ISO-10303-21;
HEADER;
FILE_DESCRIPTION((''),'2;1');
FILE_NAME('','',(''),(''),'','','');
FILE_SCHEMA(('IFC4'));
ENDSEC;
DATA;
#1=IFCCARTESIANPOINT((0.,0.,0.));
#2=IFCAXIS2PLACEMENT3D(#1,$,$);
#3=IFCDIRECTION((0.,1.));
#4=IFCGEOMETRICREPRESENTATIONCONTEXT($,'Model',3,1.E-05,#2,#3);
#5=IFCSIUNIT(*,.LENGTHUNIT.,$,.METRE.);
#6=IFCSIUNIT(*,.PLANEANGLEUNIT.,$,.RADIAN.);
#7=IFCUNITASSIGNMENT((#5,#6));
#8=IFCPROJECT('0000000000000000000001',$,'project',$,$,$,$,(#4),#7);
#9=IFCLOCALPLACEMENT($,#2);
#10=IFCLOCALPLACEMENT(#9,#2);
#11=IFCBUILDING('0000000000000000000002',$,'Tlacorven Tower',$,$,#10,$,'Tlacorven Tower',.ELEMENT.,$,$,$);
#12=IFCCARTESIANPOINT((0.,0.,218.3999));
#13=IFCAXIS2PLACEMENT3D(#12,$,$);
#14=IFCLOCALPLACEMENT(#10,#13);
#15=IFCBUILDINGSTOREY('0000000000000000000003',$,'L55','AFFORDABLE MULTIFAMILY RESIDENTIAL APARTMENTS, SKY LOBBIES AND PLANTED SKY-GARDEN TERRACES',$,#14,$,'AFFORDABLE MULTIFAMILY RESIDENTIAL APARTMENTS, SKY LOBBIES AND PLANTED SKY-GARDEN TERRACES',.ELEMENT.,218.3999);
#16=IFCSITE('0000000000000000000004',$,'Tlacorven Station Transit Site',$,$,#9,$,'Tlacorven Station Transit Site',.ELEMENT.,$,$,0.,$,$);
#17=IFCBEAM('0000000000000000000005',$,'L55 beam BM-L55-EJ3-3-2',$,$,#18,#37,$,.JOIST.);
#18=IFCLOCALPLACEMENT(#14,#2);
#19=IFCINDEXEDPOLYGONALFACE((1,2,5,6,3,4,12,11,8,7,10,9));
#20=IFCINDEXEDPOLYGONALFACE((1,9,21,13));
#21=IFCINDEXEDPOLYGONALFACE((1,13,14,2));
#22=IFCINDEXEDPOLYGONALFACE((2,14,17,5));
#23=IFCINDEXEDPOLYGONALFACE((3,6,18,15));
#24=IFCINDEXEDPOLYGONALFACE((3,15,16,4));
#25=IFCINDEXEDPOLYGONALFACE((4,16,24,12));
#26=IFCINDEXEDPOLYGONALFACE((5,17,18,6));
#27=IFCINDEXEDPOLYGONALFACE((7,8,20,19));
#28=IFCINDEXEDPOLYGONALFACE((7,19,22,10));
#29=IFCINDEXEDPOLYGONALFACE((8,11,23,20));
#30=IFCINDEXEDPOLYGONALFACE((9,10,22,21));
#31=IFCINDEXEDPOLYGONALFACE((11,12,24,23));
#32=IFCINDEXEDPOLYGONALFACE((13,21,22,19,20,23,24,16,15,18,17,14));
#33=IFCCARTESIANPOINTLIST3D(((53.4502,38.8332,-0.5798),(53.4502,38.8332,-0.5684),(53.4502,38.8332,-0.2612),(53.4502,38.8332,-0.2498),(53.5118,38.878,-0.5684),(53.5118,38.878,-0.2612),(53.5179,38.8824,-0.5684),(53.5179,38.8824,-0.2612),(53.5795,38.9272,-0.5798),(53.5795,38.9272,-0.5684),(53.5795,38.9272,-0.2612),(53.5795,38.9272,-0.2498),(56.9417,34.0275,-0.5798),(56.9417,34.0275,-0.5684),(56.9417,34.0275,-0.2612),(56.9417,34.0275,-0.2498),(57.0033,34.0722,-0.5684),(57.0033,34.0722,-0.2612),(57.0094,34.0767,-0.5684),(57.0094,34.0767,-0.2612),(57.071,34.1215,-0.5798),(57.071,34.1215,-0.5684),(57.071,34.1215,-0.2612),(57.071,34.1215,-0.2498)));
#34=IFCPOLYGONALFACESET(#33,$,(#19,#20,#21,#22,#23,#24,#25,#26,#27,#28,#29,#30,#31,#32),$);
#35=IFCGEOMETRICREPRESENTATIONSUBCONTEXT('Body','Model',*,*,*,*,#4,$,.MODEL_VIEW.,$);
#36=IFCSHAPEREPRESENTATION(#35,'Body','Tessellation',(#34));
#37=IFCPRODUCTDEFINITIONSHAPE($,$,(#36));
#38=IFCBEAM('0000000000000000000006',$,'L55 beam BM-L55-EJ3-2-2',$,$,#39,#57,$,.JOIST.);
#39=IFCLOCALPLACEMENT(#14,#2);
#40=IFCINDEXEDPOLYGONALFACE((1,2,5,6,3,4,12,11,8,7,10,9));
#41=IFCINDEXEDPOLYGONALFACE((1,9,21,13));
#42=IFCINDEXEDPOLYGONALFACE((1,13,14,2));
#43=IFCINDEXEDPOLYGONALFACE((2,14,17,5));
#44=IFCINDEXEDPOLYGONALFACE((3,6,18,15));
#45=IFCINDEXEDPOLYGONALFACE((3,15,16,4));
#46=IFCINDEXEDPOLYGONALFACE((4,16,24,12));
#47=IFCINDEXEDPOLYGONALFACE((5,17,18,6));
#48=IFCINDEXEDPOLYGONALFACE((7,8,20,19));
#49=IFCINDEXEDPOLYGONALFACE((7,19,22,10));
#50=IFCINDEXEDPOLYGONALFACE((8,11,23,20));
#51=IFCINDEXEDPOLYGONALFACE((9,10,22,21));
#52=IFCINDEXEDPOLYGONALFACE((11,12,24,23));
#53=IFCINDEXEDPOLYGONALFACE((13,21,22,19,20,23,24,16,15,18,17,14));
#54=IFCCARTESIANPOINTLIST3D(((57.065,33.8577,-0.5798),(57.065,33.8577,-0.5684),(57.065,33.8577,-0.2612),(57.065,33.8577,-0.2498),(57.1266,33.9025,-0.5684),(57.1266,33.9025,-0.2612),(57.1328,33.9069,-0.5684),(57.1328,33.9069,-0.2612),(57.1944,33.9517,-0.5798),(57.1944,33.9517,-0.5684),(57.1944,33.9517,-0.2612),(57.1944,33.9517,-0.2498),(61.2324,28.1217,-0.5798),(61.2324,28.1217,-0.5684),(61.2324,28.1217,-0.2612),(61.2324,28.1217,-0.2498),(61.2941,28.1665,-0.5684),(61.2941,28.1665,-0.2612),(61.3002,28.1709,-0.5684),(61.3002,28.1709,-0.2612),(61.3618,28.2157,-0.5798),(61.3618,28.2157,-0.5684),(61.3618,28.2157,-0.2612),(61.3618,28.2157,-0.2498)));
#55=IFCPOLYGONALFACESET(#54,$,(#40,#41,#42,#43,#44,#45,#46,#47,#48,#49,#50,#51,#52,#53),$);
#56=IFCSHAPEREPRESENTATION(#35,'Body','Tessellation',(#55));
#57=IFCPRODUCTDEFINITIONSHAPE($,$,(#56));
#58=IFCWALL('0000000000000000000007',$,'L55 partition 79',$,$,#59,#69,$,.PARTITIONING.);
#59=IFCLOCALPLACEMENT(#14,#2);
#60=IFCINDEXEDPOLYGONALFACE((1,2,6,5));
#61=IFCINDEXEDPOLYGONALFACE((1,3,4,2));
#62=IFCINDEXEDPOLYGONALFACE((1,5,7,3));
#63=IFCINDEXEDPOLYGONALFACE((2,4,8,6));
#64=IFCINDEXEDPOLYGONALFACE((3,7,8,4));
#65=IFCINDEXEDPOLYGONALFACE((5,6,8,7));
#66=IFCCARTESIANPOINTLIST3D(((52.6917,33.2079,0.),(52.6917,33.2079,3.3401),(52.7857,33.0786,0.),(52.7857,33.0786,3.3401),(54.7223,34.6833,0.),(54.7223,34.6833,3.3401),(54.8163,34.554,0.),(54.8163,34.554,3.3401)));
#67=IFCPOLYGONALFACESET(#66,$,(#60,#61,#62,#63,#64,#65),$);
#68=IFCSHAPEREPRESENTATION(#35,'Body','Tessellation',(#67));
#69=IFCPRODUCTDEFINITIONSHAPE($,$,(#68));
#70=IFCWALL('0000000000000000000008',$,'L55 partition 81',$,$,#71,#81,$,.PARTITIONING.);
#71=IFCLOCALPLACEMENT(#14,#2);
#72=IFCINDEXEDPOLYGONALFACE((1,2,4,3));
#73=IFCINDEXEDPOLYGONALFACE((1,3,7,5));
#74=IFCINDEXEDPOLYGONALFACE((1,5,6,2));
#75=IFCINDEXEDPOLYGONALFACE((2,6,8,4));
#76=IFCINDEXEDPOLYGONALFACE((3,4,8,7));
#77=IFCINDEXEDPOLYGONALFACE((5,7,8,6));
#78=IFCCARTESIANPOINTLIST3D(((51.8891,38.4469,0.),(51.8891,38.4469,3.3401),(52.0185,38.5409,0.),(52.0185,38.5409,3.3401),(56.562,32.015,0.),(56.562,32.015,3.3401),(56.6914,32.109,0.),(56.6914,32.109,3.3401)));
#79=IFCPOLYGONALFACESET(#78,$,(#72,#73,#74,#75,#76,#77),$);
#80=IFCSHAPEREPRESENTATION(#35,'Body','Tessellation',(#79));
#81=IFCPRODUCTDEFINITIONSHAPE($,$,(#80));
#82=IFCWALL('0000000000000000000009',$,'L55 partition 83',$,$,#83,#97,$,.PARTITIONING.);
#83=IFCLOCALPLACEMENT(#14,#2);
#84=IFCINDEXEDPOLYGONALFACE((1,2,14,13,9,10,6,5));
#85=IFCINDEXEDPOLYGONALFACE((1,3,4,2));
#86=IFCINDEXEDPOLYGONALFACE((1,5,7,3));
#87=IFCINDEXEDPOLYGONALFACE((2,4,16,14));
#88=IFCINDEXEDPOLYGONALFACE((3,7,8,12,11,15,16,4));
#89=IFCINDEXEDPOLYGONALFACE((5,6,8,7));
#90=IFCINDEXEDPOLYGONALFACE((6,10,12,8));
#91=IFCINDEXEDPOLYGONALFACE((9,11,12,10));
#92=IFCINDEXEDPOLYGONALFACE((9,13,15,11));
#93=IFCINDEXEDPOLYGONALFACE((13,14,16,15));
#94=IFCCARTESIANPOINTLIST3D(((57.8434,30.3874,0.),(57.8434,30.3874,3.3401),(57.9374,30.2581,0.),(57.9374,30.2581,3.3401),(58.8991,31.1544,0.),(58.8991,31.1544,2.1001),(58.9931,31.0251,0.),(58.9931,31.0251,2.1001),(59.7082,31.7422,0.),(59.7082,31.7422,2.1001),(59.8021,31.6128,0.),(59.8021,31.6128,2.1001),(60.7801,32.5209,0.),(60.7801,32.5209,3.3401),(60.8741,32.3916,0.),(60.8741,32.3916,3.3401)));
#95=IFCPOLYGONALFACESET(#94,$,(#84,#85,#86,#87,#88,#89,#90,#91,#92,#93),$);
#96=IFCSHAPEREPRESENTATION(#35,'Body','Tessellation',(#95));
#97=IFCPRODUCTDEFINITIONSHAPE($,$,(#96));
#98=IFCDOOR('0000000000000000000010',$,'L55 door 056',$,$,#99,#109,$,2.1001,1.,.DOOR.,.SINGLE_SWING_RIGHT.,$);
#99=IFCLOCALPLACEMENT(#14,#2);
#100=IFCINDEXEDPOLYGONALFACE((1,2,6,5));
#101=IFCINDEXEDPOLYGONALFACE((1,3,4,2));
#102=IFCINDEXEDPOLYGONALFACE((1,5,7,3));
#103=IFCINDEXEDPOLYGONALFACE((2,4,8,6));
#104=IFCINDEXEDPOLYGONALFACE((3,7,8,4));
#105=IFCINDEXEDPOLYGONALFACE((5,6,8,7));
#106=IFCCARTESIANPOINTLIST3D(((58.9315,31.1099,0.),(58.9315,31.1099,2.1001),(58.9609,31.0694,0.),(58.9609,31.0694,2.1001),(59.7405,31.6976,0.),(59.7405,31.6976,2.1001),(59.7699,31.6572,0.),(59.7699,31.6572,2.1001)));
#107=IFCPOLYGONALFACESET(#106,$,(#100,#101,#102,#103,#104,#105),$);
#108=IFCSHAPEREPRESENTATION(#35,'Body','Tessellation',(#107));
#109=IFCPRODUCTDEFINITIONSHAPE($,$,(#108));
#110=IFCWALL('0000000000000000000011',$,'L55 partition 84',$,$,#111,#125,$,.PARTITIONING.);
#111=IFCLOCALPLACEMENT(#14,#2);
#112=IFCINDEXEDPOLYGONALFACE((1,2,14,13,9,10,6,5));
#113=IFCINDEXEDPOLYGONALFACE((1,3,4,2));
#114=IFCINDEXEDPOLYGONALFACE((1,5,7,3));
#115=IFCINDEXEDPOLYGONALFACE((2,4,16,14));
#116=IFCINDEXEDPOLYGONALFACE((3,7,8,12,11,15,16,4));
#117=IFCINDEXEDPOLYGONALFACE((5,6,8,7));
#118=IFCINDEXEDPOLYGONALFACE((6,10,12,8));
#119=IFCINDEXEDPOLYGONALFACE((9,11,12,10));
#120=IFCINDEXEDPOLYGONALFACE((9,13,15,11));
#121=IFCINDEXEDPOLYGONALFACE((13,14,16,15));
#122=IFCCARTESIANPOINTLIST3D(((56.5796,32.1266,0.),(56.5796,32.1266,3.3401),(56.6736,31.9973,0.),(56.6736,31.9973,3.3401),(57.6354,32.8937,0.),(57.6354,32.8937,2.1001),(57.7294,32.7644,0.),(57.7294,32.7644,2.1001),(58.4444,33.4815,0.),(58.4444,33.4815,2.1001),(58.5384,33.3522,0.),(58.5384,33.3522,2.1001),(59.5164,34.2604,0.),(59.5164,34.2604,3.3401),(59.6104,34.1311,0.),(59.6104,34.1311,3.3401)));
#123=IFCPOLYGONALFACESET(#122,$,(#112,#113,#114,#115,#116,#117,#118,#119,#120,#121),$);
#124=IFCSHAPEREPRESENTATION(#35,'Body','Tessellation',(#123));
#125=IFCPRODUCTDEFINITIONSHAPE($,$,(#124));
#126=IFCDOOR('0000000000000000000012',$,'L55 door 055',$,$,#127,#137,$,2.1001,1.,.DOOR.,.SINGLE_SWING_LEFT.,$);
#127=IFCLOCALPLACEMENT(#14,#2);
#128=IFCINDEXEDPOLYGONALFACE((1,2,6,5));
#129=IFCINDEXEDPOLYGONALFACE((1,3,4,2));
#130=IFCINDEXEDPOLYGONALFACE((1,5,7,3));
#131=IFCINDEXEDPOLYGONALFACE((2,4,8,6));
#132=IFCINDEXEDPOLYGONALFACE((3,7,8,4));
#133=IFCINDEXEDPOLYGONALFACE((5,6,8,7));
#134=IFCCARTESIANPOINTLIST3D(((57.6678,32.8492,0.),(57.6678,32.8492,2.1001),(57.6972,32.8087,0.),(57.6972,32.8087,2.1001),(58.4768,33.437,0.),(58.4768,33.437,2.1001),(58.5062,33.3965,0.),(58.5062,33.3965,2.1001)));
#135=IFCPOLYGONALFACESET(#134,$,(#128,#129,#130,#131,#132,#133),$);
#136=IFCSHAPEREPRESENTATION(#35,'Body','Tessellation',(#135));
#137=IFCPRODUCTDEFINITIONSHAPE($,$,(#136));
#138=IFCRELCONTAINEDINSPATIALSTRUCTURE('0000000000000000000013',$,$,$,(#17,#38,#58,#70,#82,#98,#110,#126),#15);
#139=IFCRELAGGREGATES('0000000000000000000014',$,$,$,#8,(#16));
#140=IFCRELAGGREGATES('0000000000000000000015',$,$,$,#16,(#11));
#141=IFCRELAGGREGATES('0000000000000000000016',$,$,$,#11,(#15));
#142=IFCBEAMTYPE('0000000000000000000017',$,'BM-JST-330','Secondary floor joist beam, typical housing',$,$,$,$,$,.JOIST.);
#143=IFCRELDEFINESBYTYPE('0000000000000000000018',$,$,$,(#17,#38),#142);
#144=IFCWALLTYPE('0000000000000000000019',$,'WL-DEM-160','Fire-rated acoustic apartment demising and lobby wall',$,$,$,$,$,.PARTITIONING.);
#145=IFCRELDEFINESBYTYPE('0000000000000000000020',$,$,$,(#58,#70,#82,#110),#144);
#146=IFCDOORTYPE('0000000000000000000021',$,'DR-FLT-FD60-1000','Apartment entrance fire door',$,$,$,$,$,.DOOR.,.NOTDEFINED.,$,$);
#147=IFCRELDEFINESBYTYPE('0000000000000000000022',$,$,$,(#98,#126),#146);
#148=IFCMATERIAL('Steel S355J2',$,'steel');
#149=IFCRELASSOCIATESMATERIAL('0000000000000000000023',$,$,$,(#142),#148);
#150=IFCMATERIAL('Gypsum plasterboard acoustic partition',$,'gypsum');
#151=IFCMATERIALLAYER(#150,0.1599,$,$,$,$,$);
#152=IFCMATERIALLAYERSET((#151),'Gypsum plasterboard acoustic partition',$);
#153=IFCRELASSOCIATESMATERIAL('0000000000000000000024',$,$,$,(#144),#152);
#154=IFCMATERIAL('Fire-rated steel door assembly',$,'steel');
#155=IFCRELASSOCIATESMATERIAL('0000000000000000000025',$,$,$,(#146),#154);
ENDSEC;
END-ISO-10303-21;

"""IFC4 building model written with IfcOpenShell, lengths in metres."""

from ifc_helpers import new_model, si_unit, direction, frame, frame_2d, origin, origin_2d, place, context, subcontext, project, spatial, rectangle, i_section, extrude, source, transform, mapped, material, layer, layer_set, material_profile, profile_set, type_object, element, fill, save


model = new_model("IFC4")

# Units and contexts
model_context = context("Model", 3, precision=1e-05, world=origin(), true_north=direction((0.0, 1.0)))
body_context = subcontext(model_context, "Body", "Model", "MODEL_VIEW")
ifc_project = project(units=[si_unit("LENGTHUNIT", "METRE"), si_unit("PLANEANGLEUNIT", "RADIAN")], contexts=[model_context])

# Site, building, storey
site_placement = place(None, origin())
site = spatial("IfcSite", under=ifc_project, at=site_placement, Name="Tlacorven Station Transit Site", LongName="Tlacorven Station Transit Site", CompositionType="ELEMENT", RefElevation=0.0)
building_placement = place(site_placement, origin())
building = spatial("IfcBuilding", under=site, at=building_placement, Name="Tlacorven Tower", LongName="Tlacorven Tower", CompositionType="ELEMENT")
storey_placement = place(building_placement, frame((0.0, 0.0, 218.3999)))
storey = spatial("IfcBuildingStorey", under=building, at=storey_placement, Name="L55", Description="AFFORDABLE MULTIFAMILY RESIDENTIAL APARTMENTS, SKY LOBBIES AND PLANTED SKY-GARDEN TERRACES", LongName="AFFORDABLE MULTIFAMILY RESIDENTIAL APARTMENTS, SKY LOBBIES AND PLANTED SKY-GARDEN TERRACES", CompositionType="ELEMENT", Elevation=218.3999)

# Beams
ifc_material_1 = material(Name="Steel S355J2", Category="steel")
ifc_material_profile_1 = material_profile(ifc_material_1, i_section(OverallWidth=0.1599, OverallDepth=0.3301, WebThickness=0.0076, FlangeThickness=0.0115, at=origin_2d()), Name="IPE 330")
ifc_profile_set_1 = profile_set([ifc_material_profile_1], Name="Steel S355J2")
beam_type_1 = type_object("IfcBeamType", Name="BM-JST-330", Description="Secondary floor joist beam, typical housing", PredefinedType="JOIST", material=ifc_profile_set_1)
shared_shape_1 = source(origin(), body_context, "Body", "SweptSolid", [
    extrude(i_section(OverallWidth=0.1599, OverallDepth=0.3301, WebThickness=0.0076, FlangeThickness=0.0115, at=origin_2d()), origin(), (0.0, 0.0, 1.0), 5.9402),
])
for number, where, z_axis, x_axis, name in (
    (1, (57.0063, 34.0745, -0.4148), (-0.587778, 0.809022, 0.0), (-0.809022, -0.587778, 0.0), "L55 beam BM-L55-EJ3-3-2"),
):
    element("IfcBeam", number, at=place(storey_placement, frame(where, z_axis=z_axis, x_axis=x_axis)), inside=storey, type_object=beam_type_1, Name=name, PredefinedType="JOIST", context=body_context, shape_type="MappedRepresentation", body=[
        mapped(shared_shape_1, transform((0.0, 0.0, 0.0), scale=1.0)),
    ])
shared_shape_2 = source(origin(), body_context, "Body", "SweptSolid", [
    extrude(i_section(OverallWidth=0.1599, OverallDepth=0.3301, WebThickness=0.0076, FlangeThickness=0.0115, at=origin_2d()), origin(), (0.0, 0.0, 1.0), 7.0901),
])
beam_1_placement = place(storey_placement, frame((61.2971, 28.1687, -0.4148), z_axis=(-0.587783, 0.809019, 0.0), x_axis=(-0.809019, -0.587783, 0.0)))
element("IfcBeam", 2, at=beam_1_placement, inside=storey, type_object=beam_type_1, Name="L55 beam BM-L55-EJ3-2-2", PredefinedType="JOIST", context=body_context, shape_type="MappedRepresentation", body=[
    mapped(shared_shape_2, transform((0.0, 0.0, 0.0), scale=1.0)),
])

# Walls
ifc_material_2 = material(Name="Gypsum plasterboard acoustic partition", Category="gypsum")
ifc_layer_1 = layer(ifc_material_2, 0.1599)
ifc_layer_set_1 = layer_set([ifc_layer_1], Name="Gypsum plasterboard acoustic partition")
wall_type_1 = type_object("IfcWallType", Name="WL-DEM-160", Description="Fire-rated acoustic apartment demising and lobby wall", PredefinedType="PARTITIONING", material=ifc_layer_set_1)
wall_1_placement = place(storey_placement, frame((52.7388, 33.1433, 0.0), z_axis=(0.0, 0.0, 1.0), x_axis=(0.809001, 0.587807, 0.0)))
element("IfcWall", 3, at=wall_1_placement, inside=storey, type_object=wall_type_1, Name="L55 partition 79", PredefinedType="PARTITIONING", context=body_context, shape_type="SweptSolid", body=[
    extrude(rectangle(XDim=2.51, YDim=0.1599, at=frame_2d((1.2549, 0.0))), origin(), (0.0, 0.0, 1.0), 3.3401),
])
wall_2_placement = place(storey_placement, frame((56.6267, 32.062, 0.0), z_axis=(0.0, 0.0, 1.0), x_axis=(-0.58777, 0.809028, 0.0)))
element("IfcWall", 4, at=wall_2_placement, inside=storey, type_object=wall_type_1, Name="L55 partition 81", PredefinedType="PARTITIONING", context=body_context, shape_type="SweptSolid", body=[
    extrude(rectangle(XDim=7.9502, YDim=0.1599, at=frame_2d((3.9751, 0.0))), origin(), (0.0, 0.0, 1.0), 3.3401),
])

# Walls, openings, doors
wall_3_placement = place(storey_placement, frame((57.8904, 30.3228, 0.0), z_axis=(0.0, 0.0, 1.0), x_axis=(0.809036, 0.58776, 0.0)))
wall_3 = element("IfcWall", 5, at=wall_3_placement, inside=storey, type_object=wall_type_1, Name="L55 partition 83", PredefinedType="PARTITIONING", context=body_context, shape_type="SweptSolid", body=[
    extrude(rectangle(XDim=3.6299, YDim=0.1599, at=frame_2d((1.8149, 0.0))), origin(), (0.0, 0.0, 1.0), 3.3401),
])
opening_1_placement = place(wall_3_placement, frame((1.3049, 0.0, 0.0)))
opening_1 = element("IfcOpeningElement", 6, at=opening_1_placement, cuts=wall_3, PredefinedType="OPENING", context=body_context, shape_type="SweptSolid", body=[
    extrude(rectangle(XDim=1.0, YDim=2.1001, at=frame_2d((0.5, 1.05))), frame((0.0, 0.0898, 0.0), z_axis=(0.0, -1.0, 0.0), x_axis=(1.0, 0.0, 0.0)), (0.0, 0.0, 1.0), 0.1799),
])
ifc_material_3 = material(Name="Fire-rated steel door assembly", Category="steel")
door_type = type_object("IfcDoorType", Name="DR-FLT-FD60-1000", Description="Apartment entrance fire door", OperationType="NOTDEFINED", PredefinedType="DOOR", material=ifc_material_3)
shared_shape_3 = source(origin(), body_context, "Body", "SweptSolid", [
    extrude(rectangle(XDim=1.0, YDim=2.1001, at=frame_2d((0.5, 1.05))), frame((0.0, 0.0249, 0.0), z_axis=(0.0, -1.0, 0.0), x_axis=(1.0, 0.0, 0.0)), (0.0, 0.0, 1.0), 0.05),
])
door_1_placement = place(opening_1_placement, origin())
door_1 = element("IfcDoor", 7, at=door_1_placement, inside=storey, type_object=door_type, Name="L55 door 056", OperationType="SINGLE_SWING_RIGHT", OverallHeight=2.1001, OverallWidth=1.0, PredefinedType="DOOR", context=body_context, shape_type="MappedRepresentation", body=[
    mapped(shared_shape_3, transform((0.0, 0.0, 0.0), scale=1.0)),
])
fill(opening_1, door_1)
wall_4_placement = place(storey_placement, frame((56.6267, 32.062, 0.0), z_axis=(0.0, 0.0, 1.0), x_axis=(0.809004, 0.587804, 0.0)))
wall_4 = element("IfcWall", 8, at=wall_4_placement, inside=storey, type_object=wall_type_1, Name="L55 partition 84", PredefinedType="PARTITIONING", context=body_context, shape_type="SweptSolid", body=[
    extrude(rectangle(XDim=3.6301, YDim=0.1599, at=frame_2d((1.8149, 0.0))), origin(), (0.0, 0.0, 1.0), 3.3401),
])
opening_2_placement = place(wall_4_placement, frame((1.3049, 0.0, 0.0)))
opening_2 = element("IfcOpeningElement", 9, at=opening_2_placement, cuts=wall_4, PredefinedType="OPENING", context=body_context, shape_type="SweptSolid", body=[
    extrude(rectangle(XDim=1.0, YDim=2.1001, at=frame_2d((0.5, 1.05))), frame((0.0, 0.0898, 0.0), z_axis=(0.0, -1.0, 0.0), x_axis=(1.0, 0.0, 0.0)), (0.0, 0.0, 1.0), 0.1799),
])
door_2_placement = place(opening_2_placement, origin())
door_2 = element("IfcDoor", 10, at=door_2_placement, inside=storey, type_object=door_type, Name="L55 door 055", OperationType="SINGLE_SWING_LEFT", OverallHeight=2.1001, OverallWidth=1.0, PredefinedType="DOOR", context=body_context, shape_type="MappedRepresentation", body=[
    mapped(shared_shape_3, transform((0.0, 0.0, 0.0), scale=1.0)),
])
fill(opening_2, door_2)

save(model, "model.ifc")
